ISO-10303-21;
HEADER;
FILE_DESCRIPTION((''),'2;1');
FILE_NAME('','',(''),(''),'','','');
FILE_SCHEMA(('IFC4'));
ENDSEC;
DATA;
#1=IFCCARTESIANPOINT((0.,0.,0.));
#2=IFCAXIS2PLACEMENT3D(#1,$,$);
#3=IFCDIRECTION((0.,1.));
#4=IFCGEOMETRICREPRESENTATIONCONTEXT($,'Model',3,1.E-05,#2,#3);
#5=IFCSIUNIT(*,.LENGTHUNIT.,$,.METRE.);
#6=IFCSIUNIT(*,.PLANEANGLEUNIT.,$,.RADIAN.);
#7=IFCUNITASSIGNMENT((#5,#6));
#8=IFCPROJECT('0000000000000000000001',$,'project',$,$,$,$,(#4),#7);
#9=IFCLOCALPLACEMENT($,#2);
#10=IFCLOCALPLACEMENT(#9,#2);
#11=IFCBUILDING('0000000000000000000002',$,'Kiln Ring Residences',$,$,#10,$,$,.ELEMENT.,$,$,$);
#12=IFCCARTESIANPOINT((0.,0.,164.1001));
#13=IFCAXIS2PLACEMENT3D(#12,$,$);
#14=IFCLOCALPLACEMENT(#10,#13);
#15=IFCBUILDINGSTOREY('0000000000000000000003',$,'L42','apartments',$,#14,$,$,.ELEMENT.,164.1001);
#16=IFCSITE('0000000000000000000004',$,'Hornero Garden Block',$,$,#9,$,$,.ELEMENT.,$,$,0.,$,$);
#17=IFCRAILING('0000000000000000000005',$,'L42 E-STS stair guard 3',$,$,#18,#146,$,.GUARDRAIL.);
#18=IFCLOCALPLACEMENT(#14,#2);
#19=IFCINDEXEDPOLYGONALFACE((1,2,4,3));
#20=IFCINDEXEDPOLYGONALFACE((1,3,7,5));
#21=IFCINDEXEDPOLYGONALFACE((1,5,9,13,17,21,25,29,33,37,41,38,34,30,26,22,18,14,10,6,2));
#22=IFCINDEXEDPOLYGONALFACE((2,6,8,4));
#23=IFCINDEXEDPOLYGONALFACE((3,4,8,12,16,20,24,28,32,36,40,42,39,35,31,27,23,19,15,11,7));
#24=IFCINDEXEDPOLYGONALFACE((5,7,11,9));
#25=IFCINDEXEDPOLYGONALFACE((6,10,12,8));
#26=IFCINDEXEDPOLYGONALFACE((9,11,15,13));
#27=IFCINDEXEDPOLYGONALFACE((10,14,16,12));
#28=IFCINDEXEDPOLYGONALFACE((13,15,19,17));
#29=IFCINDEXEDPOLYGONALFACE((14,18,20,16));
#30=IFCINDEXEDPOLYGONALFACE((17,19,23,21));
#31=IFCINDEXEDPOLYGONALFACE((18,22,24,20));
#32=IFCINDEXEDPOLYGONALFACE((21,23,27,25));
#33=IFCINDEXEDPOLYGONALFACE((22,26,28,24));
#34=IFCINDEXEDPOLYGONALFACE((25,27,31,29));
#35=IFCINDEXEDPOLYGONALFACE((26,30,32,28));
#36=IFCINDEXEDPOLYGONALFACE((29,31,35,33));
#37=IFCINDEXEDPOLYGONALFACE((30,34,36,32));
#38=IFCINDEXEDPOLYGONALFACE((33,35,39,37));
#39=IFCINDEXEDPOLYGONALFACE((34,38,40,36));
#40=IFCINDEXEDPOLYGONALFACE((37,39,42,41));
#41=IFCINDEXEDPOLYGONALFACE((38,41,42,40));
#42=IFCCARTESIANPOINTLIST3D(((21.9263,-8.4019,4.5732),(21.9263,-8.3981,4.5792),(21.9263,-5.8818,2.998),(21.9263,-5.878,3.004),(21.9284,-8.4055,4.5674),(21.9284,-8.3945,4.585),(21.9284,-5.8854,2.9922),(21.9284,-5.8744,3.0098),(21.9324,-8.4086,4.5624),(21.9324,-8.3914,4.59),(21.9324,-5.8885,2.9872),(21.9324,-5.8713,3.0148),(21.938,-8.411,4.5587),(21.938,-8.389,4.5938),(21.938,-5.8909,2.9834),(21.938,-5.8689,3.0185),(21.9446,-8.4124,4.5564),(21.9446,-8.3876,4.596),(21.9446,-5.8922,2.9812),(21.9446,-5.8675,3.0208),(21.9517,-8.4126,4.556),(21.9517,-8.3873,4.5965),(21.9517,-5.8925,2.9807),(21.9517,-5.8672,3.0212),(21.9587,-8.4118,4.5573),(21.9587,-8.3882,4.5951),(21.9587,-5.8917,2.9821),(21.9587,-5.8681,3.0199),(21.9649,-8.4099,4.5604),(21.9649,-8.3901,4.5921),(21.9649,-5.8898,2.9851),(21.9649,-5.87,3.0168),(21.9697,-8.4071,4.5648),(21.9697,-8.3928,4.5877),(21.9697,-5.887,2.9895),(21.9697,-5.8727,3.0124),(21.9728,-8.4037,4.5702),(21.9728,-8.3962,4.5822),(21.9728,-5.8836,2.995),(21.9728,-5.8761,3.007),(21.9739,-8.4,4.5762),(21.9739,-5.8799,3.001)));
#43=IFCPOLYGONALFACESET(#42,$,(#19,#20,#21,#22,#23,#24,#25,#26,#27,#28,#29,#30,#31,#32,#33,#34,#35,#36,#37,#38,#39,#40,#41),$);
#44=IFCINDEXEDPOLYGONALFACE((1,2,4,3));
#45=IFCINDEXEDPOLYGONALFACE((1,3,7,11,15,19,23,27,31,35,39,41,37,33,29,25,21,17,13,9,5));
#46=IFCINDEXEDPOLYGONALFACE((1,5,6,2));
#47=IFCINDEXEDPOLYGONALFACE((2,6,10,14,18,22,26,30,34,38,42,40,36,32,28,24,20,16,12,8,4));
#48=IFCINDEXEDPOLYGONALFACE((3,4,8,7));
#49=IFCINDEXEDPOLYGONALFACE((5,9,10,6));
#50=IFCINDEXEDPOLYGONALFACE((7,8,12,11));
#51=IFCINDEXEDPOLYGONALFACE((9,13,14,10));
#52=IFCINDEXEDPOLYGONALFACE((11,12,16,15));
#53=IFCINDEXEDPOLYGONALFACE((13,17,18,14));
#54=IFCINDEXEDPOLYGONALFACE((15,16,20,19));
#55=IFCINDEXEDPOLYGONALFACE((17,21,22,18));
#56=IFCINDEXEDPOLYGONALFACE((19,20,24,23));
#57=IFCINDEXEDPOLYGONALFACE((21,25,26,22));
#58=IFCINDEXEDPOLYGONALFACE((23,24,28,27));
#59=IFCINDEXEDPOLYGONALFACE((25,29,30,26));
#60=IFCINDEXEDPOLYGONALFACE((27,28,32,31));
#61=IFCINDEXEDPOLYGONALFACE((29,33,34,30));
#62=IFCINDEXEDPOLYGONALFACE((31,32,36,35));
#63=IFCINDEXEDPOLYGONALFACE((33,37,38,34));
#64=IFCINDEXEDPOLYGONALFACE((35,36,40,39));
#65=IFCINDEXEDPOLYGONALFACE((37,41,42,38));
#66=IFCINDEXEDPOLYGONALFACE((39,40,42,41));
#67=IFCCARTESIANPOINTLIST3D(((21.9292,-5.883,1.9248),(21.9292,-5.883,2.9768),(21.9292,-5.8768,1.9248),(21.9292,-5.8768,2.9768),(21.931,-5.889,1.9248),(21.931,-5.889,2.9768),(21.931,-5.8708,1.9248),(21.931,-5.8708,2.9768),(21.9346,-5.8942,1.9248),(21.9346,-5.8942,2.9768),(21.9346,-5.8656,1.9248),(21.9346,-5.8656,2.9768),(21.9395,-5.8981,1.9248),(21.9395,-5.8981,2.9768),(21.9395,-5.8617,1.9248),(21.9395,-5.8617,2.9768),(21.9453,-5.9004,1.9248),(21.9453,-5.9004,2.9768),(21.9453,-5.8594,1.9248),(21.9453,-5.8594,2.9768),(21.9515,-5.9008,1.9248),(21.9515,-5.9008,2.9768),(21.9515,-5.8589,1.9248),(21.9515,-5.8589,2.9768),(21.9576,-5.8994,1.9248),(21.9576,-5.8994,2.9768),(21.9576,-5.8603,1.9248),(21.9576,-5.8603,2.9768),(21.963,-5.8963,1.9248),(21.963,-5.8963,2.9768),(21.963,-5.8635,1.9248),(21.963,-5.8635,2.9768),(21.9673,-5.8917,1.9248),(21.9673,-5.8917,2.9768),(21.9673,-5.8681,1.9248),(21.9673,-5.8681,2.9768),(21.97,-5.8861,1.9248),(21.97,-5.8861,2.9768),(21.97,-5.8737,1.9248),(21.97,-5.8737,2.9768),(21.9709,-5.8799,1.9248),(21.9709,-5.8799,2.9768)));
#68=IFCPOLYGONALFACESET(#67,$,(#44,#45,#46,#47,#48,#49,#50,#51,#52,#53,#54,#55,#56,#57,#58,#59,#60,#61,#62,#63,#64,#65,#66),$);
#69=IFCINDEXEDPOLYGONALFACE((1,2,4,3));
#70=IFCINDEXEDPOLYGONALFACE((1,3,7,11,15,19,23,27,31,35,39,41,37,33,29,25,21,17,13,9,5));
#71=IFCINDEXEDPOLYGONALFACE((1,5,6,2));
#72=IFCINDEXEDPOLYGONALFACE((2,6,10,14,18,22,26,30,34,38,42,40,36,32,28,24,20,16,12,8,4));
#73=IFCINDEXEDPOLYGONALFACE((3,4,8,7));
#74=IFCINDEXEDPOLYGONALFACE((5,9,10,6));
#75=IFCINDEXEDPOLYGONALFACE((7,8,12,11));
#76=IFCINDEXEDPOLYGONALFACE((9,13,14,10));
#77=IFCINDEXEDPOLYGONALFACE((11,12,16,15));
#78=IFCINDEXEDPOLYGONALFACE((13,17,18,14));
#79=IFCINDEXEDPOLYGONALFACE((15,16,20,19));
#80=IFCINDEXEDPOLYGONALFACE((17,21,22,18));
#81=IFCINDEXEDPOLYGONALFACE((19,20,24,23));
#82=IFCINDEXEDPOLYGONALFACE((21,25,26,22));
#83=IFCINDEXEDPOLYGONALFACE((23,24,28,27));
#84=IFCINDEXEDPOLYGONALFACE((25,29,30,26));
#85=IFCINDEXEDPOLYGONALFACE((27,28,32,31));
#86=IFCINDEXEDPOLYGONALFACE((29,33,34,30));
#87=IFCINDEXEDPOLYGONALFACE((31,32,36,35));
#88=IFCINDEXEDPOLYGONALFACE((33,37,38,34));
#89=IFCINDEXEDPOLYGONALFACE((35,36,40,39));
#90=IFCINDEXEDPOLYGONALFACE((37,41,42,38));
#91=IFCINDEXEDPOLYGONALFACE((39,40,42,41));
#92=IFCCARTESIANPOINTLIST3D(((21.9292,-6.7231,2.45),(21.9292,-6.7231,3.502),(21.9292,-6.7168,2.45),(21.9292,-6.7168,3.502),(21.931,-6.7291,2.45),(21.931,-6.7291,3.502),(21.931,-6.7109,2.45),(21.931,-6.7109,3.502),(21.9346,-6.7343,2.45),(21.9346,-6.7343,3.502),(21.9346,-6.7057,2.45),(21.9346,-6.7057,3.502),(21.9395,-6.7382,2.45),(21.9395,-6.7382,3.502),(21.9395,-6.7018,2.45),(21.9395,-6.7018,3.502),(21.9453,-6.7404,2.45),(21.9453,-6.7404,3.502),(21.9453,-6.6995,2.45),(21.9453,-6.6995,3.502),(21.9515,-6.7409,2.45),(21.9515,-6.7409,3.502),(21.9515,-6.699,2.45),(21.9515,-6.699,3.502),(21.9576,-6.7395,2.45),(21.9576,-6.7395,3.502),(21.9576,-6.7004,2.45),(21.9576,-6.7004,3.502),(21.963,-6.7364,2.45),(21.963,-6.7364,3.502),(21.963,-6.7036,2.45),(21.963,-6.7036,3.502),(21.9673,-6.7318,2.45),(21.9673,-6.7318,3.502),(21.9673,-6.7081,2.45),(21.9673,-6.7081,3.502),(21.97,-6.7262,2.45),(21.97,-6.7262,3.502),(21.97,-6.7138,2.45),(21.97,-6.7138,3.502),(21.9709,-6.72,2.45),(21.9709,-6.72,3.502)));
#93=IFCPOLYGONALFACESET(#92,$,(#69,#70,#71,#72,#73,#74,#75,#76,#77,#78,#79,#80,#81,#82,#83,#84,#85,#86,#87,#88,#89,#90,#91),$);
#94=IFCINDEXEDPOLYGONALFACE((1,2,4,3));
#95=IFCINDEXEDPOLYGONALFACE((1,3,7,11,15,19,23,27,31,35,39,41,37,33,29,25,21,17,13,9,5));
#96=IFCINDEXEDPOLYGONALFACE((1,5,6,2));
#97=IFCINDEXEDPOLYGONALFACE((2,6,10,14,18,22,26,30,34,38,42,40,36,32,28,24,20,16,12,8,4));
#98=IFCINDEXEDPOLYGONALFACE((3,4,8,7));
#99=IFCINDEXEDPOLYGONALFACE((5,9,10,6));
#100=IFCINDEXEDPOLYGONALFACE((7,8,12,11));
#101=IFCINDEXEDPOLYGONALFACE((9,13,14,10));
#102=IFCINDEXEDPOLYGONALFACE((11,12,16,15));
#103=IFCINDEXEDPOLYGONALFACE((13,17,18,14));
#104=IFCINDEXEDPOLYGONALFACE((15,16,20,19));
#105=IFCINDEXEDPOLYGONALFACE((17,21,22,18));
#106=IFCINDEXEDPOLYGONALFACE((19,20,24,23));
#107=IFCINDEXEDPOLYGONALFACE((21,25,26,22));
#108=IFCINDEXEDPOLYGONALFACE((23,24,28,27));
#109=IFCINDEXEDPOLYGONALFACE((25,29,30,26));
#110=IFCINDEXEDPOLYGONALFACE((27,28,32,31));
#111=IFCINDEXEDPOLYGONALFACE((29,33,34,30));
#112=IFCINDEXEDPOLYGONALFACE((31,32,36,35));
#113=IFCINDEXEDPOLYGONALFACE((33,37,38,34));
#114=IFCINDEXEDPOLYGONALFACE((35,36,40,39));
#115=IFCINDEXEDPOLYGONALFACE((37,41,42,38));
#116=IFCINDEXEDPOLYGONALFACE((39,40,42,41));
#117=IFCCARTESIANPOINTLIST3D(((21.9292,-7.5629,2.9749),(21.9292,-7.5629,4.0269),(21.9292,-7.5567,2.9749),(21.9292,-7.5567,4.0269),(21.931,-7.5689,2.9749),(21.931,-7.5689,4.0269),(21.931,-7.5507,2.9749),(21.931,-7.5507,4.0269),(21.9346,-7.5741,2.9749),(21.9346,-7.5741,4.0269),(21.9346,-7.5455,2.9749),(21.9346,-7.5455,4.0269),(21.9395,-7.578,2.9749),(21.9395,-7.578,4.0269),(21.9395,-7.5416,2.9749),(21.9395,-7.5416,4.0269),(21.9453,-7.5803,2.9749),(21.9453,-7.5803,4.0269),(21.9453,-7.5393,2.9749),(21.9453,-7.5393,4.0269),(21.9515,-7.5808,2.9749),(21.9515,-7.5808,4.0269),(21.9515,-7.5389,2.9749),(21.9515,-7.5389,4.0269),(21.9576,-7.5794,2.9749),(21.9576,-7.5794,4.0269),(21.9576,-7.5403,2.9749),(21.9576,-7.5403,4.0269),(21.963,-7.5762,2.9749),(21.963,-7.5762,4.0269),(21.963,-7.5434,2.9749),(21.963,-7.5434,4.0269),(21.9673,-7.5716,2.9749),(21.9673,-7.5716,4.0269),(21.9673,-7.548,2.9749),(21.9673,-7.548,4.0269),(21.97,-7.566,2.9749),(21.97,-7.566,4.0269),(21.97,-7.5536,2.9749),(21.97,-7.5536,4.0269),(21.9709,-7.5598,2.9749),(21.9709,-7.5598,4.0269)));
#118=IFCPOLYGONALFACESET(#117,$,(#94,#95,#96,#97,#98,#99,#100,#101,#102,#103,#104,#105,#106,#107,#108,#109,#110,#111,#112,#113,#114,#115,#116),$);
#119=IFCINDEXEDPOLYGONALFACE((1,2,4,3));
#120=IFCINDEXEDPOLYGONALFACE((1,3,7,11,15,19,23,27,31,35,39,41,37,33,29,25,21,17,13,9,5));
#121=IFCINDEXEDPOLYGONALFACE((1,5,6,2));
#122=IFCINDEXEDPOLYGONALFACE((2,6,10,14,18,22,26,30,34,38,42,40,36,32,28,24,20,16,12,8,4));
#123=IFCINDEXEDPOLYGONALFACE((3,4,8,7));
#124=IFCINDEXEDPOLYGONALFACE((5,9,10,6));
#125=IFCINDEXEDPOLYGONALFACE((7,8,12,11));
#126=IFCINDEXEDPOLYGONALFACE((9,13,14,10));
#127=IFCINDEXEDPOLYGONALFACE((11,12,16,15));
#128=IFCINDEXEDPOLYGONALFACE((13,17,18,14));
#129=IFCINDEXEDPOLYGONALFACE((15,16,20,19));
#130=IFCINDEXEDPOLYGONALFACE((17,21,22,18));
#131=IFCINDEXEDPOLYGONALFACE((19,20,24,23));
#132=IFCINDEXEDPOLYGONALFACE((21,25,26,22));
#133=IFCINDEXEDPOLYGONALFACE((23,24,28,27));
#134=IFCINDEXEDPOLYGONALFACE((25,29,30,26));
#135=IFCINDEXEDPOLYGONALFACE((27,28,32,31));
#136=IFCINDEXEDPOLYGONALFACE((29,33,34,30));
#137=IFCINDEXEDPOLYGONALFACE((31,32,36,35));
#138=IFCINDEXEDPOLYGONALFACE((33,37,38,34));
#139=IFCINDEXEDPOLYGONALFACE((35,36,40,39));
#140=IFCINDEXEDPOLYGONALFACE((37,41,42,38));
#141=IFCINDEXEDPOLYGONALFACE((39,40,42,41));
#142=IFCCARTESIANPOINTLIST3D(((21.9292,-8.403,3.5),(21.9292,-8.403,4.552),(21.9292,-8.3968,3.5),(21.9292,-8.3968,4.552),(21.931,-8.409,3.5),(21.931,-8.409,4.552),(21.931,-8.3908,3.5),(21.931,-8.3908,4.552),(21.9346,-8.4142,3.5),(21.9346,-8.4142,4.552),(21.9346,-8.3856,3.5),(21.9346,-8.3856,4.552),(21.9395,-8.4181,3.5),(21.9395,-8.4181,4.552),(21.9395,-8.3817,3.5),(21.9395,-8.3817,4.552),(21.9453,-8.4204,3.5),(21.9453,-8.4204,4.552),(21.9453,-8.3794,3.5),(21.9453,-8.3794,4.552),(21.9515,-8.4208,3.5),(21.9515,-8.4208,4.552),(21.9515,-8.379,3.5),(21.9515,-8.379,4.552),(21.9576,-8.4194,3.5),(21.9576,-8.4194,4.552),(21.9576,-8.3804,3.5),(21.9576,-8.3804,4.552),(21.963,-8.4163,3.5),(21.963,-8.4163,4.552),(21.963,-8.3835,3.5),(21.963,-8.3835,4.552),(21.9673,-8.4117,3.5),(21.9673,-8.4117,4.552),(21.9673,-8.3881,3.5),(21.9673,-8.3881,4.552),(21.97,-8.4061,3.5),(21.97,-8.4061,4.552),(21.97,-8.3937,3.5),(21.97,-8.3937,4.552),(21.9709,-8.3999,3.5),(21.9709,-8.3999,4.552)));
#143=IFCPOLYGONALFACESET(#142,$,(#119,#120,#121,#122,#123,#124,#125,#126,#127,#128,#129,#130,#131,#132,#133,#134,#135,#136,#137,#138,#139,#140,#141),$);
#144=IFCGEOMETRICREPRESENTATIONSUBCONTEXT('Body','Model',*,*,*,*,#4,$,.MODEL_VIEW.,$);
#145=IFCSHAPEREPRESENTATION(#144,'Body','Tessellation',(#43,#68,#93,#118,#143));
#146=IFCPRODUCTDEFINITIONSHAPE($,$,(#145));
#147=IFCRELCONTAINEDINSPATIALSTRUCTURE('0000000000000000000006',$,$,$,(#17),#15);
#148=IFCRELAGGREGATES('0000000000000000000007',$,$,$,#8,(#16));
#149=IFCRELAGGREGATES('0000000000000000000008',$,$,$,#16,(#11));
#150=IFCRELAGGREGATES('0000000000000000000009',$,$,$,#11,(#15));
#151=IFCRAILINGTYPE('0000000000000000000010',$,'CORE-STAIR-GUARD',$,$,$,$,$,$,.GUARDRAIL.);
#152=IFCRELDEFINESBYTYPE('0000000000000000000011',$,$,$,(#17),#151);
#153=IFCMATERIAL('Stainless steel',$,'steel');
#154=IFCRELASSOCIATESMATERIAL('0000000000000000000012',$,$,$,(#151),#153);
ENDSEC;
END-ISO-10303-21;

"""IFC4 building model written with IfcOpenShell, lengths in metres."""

from ifc_helpers import new_model, si_unit, direction, frame, origin, origin_2d, place, context, subcontext, project, spatial, circle, extrude, material, type_object, element, save


model = new_model("IFC4")

# Units and contexts
model_context = context("Model", 3, precision=1e-05, world=origin(), true_north=direction((0.0, 1.0)))
body_context = subcontext(model_context, "Body", "Model", "MODEL_VIEW")
ifc_project = project(units=[si_unit("LENGTHUNIT", "METRE"), si_unit("PLANEANGLEUNIT", "RADIAN")], contexts=[model_context])

# Site, building, storey
site_placement = place(None, origin())
site = spatial("IfcSite", under=ifc_project, at=site_placement, Name="Hornero Garden Block", CompositionType="ELEMENT", RefElevation=0.0)
building_placement = place(site_placement, origin())
building = spatial("IfcBuilding", under=site, at=building_placement, Name="Kiln Ring Residences", CompositionType="ELEMENT")
storey_placement = place(building_placement, frame((0.0, 0.0, 164.1001)))
storey = spatial("IfcBuildingStorey", under=building, at=storey_placement, Name="L42", Description="apartments", CompositionType="ELEMENT", Elevation=164.1001)

# Railing
ifc_material_1 = material(Name="Stainless steel", Category="steel")
railing_type_1 = type_object("IfcRailingType", Name="CORE-STAIR-GUARD", PredefinedType="GUARDRAIL", material=ifc_material_1)
railing_1_placement = place(storey_placement, frame((21.95, -5.8799, 1.9248)))
element("IfcRailing", 1, at=railing_1_placement, inside=storey, type_object=railing_type_1, Name="L42 E-STS stair guard 3", PredefinedType="GUARDRAIL", context=body_context, shape_type="SweptSolid", body=[
    extrude(circle(Radius=0.0239, at=origin_2d()), frame((0.0, 0.0, 1.0762), z_axis=(0.0, -0.847971, 0.530043), x_axis=(1.0, 0.0, 0.0)), (0.0, 0.0, 1.0), 2.9719),
    extrude(circle(Radius=0.021, at=origin_2d()), origin(), (0.0, 0.0, 1.0), 1.052),
    extrude(circle(Radius=0.021, at=origin_2d()), frame((0.0, -0.8401, 0.5251)), (0.0, 0.0, 1.0), 1.052),
    extrude(circle(Radius=0.021, at=origin_2d()), frame((0.0, -1.6799, 1.05)), (0.0, 0.0, 1.0), 1.052),
    extrude(circle(Radius=0.021, at=origin_2d()), frame((0.0, -2.52, 1.5752)), (0.0, 0.0, 1.0), 1.052),
])

save(model, "model.ifc")
